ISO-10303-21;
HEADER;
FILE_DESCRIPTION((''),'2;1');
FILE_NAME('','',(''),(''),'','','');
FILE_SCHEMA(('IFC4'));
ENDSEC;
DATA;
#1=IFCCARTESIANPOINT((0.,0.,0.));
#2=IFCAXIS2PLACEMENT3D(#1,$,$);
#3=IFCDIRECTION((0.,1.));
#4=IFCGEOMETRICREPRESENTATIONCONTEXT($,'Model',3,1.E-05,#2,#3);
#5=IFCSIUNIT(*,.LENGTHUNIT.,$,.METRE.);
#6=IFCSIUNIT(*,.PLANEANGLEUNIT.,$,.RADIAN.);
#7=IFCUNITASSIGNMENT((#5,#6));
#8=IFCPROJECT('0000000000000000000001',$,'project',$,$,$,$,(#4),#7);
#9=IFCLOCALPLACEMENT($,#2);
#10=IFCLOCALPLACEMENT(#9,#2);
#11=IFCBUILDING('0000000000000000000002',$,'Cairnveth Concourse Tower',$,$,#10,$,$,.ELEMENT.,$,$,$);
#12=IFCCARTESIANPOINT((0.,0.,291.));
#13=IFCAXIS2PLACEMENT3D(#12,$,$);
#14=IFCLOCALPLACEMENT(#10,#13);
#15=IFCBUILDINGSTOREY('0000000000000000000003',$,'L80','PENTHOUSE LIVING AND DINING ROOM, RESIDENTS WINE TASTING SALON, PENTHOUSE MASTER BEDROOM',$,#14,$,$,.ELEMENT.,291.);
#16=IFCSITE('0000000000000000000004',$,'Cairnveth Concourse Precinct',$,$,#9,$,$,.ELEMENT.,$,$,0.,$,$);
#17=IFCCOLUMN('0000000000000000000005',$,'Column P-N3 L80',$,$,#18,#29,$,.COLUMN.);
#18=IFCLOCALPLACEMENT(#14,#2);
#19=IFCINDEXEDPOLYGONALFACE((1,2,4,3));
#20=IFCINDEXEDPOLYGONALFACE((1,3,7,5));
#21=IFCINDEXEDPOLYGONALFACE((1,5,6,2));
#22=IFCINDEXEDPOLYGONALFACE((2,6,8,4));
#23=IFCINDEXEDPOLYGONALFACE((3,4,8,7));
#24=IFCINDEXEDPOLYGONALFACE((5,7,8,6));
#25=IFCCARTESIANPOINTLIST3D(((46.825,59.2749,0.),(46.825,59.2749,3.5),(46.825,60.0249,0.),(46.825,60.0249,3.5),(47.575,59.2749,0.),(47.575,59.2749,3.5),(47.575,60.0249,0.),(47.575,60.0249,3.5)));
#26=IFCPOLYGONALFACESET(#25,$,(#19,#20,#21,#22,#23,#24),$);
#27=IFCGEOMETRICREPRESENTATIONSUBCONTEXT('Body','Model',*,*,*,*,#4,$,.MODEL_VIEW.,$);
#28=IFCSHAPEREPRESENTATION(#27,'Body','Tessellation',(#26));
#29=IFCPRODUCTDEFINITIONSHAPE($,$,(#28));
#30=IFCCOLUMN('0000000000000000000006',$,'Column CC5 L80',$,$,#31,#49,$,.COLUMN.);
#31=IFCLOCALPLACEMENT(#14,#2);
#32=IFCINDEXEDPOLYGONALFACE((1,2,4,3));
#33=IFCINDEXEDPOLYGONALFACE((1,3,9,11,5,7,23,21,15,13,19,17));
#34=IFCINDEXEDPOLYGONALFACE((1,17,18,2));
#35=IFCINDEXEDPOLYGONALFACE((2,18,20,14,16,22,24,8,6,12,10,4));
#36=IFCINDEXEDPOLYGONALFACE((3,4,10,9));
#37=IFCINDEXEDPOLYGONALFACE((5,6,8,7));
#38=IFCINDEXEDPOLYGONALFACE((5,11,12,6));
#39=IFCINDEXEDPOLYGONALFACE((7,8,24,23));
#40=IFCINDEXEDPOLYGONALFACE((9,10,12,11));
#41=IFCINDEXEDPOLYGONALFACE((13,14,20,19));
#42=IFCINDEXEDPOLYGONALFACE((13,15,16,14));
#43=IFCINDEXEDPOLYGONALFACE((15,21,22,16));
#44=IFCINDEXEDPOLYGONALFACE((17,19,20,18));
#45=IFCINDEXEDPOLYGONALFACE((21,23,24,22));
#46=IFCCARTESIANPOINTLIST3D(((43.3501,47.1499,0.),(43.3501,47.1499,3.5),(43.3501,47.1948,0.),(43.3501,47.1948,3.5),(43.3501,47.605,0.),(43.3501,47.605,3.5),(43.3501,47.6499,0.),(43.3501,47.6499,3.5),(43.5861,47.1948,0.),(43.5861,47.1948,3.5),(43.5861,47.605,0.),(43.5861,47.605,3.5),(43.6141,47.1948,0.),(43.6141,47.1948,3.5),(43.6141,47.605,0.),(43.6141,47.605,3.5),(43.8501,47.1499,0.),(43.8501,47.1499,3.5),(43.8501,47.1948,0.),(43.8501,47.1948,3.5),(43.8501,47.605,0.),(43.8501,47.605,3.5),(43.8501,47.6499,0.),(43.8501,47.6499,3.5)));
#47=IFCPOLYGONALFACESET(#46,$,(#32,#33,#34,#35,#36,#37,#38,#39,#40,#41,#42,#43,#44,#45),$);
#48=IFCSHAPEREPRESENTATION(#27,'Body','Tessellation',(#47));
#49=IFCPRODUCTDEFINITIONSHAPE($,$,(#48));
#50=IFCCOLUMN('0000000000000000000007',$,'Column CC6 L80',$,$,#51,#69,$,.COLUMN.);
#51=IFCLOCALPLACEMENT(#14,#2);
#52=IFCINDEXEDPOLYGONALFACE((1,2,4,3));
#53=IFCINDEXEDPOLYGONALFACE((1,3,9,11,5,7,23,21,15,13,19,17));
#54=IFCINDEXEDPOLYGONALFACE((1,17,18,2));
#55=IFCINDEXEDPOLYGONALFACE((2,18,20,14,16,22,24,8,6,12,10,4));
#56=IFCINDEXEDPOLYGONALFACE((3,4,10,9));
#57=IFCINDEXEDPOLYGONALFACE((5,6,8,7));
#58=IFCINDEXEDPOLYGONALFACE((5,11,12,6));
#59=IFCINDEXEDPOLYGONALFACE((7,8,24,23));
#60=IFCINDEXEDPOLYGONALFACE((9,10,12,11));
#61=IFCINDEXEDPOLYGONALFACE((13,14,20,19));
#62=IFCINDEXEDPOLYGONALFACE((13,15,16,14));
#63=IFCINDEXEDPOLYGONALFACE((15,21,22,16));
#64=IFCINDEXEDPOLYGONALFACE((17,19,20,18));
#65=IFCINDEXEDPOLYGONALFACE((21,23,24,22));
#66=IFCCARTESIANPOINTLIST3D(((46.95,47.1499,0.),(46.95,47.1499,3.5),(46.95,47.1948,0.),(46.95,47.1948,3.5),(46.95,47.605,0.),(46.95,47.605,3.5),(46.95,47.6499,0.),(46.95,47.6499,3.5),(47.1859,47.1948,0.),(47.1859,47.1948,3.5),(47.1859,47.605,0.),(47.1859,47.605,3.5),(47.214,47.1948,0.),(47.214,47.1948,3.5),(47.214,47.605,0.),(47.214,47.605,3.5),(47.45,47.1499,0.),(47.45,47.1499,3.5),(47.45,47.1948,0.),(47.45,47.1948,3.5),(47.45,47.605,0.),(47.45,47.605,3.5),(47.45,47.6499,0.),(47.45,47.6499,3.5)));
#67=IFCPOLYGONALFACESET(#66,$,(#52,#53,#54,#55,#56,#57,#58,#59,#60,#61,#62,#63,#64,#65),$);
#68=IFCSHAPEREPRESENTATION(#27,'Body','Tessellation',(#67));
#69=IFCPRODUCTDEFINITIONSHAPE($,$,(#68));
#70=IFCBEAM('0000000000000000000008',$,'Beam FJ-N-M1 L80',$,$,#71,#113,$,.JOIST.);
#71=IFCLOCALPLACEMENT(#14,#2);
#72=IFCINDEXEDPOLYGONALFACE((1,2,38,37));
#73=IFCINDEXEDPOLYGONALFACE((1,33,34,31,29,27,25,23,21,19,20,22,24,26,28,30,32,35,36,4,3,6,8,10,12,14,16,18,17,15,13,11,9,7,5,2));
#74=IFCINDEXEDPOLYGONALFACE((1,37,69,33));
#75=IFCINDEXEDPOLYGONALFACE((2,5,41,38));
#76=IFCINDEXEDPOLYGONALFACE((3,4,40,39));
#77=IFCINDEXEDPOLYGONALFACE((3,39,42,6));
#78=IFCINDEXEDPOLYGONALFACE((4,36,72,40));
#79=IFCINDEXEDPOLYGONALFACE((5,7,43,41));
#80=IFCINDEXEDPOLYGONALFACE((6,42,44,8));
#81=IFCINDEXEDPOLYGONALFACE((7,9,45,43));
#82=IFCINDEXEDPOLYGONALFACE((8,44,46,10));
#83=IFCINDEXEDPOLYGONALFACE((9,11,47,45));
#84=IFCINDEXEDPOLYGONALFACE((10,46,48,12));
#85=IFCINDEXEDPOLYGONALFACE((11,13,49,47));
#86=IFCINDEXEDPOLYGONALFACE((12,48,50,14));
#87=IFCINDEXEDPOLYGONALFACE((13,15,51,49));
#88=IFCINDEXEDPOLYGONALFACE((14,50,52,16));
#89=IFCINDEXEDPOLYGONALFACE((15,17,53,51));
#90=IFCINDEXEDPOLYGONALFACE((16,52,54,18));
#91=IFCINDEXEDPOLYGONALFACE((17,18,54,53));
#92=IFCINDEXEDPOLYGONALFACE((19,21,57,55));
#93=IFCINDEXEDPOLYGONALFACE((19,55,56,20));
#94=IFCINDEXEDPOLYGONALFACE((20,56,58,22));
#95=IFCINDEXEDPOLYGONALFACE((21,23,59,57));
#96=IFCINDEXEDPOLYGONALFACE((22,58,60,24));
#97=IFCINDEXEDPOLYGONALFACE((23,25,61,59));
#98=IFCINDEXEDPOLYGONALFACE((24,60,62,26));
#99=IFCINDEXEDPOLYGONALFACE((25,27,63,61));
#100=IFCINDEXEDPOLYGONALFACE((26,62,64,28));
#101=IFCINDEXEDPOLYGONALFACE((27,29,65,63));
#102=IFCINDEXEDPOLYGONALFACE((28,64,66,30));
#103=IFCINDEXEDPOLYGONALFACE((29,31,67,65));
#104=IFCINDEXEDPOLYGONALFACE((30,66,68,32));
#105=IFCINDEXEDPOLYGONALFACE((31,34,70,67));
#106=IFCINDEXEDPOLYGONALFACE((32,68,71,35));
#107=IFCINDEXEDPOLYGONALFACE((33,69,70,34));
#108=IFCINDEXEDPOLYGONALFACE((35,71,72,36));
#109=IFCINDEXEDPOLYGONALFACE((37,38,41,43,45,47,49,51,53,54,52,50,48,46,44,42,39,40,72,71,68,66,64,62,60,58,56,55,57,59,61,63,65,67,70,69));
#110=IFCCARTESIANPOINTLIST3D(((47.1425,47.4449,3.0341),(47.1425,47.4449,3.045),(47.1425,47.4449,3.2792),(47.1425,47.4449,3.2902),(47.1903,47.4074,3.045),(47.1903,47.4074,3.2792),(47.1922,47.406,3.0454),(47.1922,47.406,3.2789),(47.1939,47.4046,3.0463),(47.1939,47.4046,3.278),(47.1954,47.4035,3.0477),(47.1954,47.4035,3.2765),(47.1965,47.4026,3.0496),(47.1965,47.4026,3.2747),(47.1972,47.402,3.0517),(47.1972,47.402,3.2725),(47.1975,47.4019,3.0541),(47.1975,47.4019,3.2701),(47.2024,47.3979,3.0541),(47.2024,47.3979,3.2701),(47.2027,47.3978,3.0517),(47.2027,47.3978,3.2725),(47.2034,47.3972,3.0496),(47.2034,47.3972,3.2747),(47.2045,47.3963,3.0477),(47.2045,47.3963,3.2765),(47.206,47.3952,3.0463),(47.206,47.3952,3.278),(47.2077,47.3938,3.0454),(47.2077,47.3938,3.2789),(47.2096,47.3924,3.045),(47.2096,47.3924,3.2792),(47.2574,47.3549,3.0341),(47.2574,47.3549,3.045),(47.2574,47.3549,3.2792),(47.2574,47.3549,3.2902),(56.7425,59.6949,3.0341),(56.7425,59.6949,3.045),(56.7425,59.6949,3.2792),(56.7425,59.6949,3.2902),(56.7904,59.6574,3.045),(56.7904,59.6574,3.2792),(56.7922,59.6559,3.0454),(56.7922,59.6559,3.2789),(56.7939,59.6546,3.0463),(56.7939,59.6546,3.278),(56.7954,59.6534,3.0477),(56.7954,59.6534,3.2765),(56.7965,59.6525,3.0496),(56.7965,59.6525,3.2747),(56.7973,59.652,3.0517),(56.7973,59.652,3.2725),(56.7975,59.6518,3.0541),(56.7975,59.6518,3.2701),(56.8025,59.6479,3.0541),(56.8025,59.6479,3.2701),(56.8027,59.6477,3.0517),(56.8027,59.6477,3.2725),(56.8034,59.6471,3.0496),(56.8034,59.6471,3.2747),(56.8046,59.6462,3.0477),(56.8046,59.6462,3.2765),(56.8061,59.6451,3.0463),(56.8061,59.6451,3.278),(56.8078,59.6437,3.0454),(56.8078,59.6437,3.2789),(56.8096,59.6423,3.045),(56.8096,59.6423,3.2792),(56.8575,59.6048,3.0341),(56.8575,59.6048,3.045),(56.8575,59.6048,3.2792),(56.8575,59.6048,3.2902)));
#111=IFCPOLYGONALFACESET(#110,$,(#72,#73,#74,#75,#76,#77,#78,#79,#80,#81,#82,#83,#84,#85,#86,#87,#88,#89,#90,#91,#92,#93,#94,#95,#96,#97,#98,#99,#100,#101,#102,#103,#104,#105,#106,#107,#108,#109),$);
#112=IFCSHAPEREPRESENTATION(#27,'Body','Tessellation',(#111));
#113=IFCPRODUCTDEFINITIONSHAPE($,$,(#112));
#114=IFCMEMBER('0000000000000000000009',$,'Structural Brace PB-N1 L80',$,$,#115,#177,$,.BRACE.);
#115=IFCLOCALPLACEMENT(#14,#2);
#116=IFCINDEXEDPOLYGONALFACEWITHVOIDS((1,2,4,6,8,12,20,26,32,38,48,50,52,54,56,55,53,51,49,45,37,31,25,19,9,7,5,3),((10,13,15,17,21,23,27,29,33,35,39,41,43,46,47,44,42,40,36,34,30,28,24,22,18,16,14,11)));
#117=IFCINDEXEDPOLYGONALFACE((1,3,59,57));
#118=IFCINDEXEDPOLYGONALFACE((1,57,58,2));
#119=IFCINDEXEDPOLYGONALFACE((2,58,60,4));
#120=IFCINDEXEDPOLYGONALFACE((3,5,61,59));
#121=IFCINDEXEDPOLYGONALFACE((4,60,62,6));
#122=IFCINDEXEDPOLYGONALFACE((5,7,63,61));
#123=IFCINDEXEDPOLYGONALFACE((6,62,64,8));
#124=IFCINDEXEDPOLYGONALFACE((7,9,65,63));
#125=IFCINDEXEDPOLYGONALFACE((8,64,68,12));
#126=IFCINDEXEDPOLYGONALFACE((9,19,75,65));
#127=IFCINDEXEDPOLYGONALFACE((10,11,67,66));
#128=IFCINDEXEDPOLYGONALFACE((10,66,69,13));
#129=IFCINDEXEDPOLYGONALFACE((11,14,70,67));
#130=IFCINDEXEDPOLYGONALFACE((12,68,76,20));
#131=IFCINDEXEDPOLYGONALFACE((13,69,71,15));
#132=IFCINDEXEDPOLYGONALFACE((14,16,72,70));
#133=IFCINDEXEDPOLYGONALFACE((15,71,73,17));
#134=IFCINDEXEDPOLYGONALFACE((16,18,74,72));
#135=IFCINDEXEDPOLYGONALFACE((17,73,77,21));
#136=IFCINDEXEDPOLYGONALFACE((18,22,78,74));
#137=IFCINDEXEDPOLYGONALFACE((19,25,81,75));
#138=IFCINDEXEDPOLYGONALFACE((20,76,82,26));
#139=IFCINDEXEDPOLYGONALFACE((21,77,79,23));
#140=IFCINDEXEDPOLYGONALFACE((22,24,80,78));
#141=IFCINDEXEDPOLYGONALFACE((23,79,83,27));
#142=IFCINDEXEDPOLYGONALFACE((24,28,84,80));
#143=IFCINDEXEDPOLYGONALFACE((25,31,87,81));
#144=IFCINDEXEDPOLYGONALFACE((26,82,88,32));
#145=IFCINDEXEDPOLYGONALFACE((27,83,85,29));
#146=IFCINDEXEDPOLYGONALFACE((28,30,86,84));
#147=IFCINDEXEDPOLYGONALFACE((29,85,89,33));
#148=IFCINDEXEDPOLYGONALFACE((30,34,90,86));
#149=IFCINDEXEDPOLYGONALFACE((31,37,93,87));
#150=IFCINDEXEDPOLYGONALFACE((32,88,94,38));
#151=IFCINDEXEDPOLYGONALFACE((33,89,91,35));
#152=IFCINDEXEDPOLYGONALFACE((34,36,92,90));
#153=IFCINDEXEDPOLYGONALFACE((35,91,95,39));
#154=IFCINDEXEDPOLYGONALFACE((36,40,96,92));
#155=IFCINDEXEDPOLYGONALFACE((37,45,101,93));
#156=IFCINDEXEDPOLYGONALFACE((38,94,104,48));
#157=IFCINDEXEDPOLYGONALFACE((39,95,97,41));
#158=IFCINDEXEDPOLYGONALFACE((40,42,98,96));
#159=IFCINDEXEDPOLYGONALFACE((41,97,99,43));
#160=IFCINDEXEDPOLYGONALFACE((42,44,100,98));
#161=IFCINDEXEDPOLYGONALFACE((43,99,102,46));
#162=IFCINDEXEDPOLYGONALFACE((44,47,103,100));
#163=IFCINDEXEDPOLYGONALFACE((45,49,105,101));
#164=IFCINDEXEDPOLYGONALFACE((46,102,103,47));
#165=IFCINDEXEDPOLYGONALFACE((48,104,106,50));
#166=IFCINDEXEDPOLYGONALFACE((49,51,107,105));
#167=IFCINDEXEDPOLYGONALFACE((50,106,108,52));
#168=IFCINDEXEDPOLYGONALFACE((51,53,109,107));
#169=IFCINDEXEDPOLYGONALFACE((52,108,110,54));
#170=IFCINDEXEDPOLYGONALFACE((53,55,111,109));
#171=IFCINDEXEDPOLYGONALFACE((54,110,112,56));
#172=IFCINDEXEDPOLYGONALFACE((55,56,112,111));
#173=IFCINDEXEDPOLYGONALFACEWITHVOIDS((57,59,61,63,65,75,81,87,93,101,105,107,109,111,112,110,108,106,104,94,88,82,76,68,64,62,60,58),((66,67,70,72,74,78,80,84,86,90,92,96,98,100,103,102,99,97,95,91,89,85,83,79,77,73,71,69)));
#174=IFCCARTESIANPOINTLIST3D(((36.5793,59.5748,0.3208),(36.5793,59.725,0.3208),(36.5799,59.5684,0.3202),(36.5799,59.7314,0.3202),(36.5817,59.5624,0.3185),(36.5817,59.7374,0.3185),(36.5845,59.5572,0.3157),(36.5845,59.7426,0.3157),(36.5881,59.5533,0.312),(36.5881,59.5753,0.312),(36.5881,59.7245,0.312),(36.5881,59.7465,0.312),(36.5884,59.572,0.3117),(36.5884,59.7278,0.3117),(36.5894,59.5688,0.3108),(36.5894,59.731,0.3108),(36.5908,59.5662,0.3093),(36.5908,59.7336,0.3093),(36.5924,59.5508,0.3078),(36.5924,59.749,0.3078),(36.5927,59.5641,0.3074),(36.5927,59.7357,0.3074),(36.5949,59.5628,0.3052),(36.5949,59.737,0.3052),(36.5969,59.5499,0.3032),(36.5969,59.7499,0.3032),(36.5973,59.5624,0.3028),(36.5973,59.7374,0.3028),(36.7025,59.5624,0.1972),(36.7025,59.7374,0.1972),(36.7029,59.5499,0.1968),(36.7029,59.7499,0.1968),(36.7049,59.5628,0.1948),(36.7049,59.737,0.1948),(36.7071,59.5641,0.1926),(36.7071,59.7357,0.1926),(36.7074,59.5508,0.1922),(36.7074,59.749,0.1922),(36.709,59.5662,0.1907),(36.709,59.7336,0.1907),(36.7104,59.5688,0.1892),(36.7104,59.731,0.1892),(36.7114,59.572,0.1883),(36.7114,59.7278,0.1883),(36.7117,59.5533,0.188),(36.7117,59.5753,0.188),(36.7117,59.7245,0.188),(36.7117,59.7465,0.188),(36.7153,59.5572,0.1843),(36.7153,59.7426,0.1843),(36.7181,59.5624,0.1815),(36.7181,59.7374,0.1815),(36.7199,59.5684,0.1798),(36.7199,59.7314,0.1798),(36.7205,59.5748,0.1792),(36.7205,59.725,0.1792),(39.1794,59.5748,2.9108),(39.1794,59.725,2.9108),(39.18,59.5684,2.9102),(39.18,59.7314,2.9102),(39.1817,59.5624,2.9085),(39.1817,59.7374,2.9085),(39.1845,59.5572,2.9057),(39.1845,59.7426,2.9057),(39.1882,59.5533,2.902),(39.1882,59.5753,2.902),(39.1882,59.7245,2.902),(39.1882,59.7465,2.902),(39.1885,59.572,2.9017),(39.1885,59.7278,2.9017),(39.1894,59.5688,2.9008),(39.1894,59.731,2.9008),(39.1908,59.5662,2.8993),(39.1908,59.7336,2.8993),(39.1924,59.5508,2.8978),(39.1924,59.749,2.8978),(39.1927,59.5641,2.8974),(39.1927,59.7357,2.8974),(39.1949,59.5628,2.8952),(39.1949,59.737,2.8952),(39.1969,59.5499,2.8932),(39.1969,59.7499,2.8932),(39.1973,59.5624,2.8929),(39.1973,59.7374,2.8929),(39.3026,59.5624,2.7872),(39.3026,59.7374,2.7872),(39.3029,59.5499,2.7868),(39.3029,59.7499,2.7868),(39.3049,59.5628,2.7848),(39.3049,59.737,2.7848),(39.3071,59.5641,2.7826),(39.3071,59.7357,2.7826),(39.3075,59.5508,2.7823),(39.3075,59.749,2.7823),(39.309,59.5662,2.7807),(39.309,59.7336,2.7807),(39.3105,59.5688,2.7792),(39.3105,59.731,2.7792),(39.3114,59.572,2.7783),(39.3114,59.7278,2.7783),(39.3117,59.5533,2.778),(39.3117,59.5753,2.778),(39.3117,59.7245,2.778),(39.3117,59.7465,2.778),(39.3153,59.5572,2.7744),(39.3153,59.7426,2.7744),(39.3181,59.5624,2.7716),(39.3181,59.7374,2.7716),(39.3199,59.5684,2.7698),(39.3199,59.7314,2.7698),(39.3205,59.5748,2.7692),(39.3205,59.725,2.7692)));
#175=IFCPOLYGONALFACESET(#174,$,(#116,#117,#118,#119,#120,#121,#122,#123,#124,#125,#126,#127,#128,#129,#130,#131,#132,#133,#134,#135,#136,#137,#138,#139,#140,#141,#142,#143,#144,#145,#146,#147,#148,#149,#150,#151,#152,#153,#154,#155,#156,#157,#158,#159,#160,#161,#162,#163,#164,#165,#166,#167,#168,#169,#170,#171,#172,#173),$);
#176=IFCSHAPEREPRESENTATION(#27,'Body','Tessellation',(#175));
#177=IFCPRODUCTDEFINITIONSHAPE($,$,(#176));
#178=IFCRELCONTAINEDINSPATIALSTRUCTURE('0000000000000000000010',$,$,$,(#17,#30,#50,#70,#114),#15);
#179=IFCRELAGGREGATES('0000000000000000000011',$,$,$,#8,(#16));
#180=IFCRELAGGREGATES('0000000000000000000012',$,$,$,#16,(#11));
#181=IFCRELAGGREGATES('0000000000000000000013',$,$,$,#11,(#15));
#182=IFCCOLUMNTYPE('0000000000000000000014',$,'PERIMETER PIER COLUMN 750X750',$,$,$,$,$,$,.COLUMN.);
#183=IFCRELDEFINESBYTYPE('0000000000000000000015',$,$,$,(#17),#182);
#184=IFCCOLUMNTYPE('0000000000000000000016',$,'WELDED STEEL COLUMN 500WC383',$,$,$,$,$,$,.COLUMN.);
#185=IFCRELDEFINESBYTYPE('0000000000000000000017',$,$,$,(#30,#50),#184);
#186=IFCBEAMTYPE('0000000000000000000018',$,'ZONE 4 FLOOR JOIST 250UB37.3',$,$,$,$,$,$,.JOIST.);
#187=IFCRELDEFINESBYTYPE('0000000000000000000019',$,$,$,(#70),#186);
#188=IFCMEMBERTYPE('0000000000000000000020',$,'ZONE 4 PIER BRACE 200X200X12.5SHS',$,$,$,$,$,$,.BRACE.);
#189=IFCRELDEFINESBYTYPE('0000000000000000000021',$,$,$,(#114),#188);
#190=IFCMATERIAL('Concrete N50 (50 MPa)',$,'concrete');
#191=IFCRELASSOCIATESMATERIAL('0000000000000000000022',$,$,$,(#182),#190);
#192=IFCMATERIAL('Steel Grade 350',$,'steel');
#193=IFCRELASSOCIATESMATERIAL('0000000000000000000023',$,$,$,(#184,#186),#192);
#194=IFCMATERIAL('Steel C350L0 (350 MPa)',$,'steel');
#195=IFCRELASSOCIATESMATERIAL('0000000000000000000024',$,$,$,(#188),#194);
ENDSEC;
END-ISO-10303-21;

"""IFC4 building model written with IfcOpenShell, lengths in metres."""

from ifc_helpers import new_model, si_unit, direction, frame, origin, origin_2d, place, context, subcontext, project, spatial, rectangle, hollow_rectangle, i_section, extrude, material, material_profile, profile_set, type_object, element, save


model = new_model("IFC4")

# Units and contexts
model_context = context("Model", 3, precision=1e-05, world=origin(), true_north=direction((0.0, 1.0)))
body_context = subcontext(model_context, "Body", "Model", "MODEL_VIEW")
ifc_project = project(units=[si_unit("LENGTHUNIT", "METRE"), si_unit("PLANEANGLEUNIT", "RADIAN")], contexts=[model_context])

# Site, building, storey
site_placement = place(None, origin())
site = spatial("IfcSite", under=ifc_project, at=site_placement, Name="Cairnveth Concourse Precinct", CompositionType="ELEMENT", RefElevation=0.0)
building_placement = place(site_placement, origin())
building = spatial("IfcBuilding", under=site, at=building_placement, Name="Cairnveth Concourse Tower", CompositionType="ELEMENT")
storey_placement = place(building_placement, frame((0.0, 0.0, 291.0)))
storey = spatial("IfcBuildingStorey", under=building, at=storey_placement, Name="L80", Description="PENTHOUSE LIVING AND DINING ROOM, RESIDENTS WINE TASTING SALON, PENTHOUSE MASTER BEDROOM", CompositionType="ELEMENT", Elevation=291.0)

# Columns
ifc_material_1 = material(Name="Concrete N50 (50 MPa)", Category="concrete")
ifc_material_profile_1 = material_profile(ifc_material_1, rectangle(XDim=0.75, YDim=0.75, at=origin_2d()), Name="RC-COL-750x750")
ifc_profile_set_1 = profile_set([ifc_material_profile_1], Name="Concrete N50 (50 MPa)")
column_type_1 = type_object("IfcColumnType", Name="PERIMETER PIER COLUMN 750X750", PredefinedType="COLUMN", material=ifc_profile_set_1)
column_placement = place(storey_placement, frame((47.2, 59.6499, 0.0), z_axis=(0.0, 0.0, 1.0), x_axis=(1.0, 0.0, 0.0)))
element("IfcColumn", 1, at=column_placement, inside=storey, type_object=column_type_1, Name="Column P-N3 L80", PredefinedType="COLUMN", context=body_context, shape_type="SweptSolid", body=[
    extrude(rectangle(XDim=0.75, YDim=0.75, at=origin_2d()), origin(), (0.0, 0.0, 1.0), 3.5),
])
ifc_material_2 = material(Name="Steel Grade 350", Category="steel")
ifc_material_profile_2 = material_profile(ifc_material_2, i_section(OverallWidth=0.5, OverallDepth=0.5, WebThickness=0.0281, FlangeThickness=0.0449, at=origin_2d()), Name="500WC383")
ifc_profile_set_2 = profile_set([ifc_material_profile_2], Name="Steel Grade 350")
column_type_2 = type_object("IfcColumnType", Name="WELDED STEEL COLUMN 500WC383", PredefinedType="COLUMN", material=ifc_profile_set_2)
for number, where, z_axis, x_axis, name in (
    (2, (43.6001, 47.3999, 0.0), (0.0, 0.0, 1.0), (1.0, 0.0, 0.0), "Column CC5 L80"),
    (3, (47.2, 47.3999, 0.0), (0.0, 0.0, 1.0), (1.0, 0.0, 0.0), "Column CC6 L80"),
):
    element("IfcColumn", number, at=place(storey_placement, frame(where, z_axis=z_axis, x_axis=x_axis)), inside=storey, type_object=column_type_2, Name=name, PredefinedType="COLUMN", context=body_context, shape_type="SweptSolid", body=[
        extrude(i_section(OverallWidth=0.5, OverallDepth=0.5, WebThickness=0.0281, FlangeThickness=0.0449, at=origin_2d()), origin(), (0.0, 0.0, 1.0), 3.5),
    ])

# Beam
ifc_material_profile_3 = material_profile(ifc_material_2, i_section(OverallWidth=0.146, OverallDepth=0.2561, WebThickness=0.0063, FlangeThickness=0.011, FilletRadius=0.009, at=origin_2d()), Name="250UB37.3")
ifc_profile_set_3 = profile_set([ifc_material_profile_3], Name="Steel Grade 350")
beam_type_1 = type_object("IfcBeamType", Name="ZONE 4 FLOOR JOIST 250UB37.3", PredefinedType="JOIST", material=ifc_profile_set_3)
beam_1_placement = place(storey_placement, frame((47.2, 47.3999, 3.1621), z_axis=(0.616832, 0.787095, 0.0), x_axis=(-0.787095, 0.616832, 0.0)))
element("IfcBeam", 4, at=beam_1_placement, inside=storey, type_object=beam_type_1, Name="Beam FJ-N-M1 L80", PredefinedType="JOIST", context=body_context, shape_type="SweptSolid", body=[
    extrude(i_section(OverallWidth=0.146, OverallDepth=0.2561, WebThickness=0.0063, FlangeThickness=0.011, FilletRadius=0.009, at=origin_2d()), origin(), (0.0, 0.0, 1.0), 15.5635),
])

# Member
ifc_material_3 = material(Name="Steel C350L0 (350 MPa)", Category="steel")
ifc_material_profile_4 = material_profile(ifc_material_3, hollow_rectangle(XDim=0.2, YDim=0.2, WallThickness=0.0125, InnerFilletRadius=0.0129, OuterFilletRadius=0.0249, at=origin_2d()), Name="200x200x12.5SHS")
ifc_profile_set_4 = profile_set([ifc_material_profile_4], Name="Steel C350L0 (350 MPa)")
member_type = type_object("IfcMemberType", Name="ZONE 4 PIER BRACE 200X200X12.5SHS", PredefinedType="BRACE", material=ifc_profile_set_4)
member_placement = place(storey_placement, frame((36.6499, 59.6499, 0.25), z_axis=(0.708469, 0.0, 0.705742), x_axis=(0.0, 1.0, 0.0)))
element("IfcMember", 5, at=member_placement, inside=storey, type_object=member_type, Name="Structural Brace PB-N1 L80", PredefinedType="BRACE", context=body_context, shape_type="SweptSolid", body=[
    extrude(hollow_rectangle(XDim=0.2, YDim=0.2, WallThickness=0.0125, InnerFilletRadius=0.0129, OuterFilletRadius=0.0249, at=origin_2d()), origin(), (0.0, 0.0, 1.0), 3.6699),
])

save(model, "model.ifc")
